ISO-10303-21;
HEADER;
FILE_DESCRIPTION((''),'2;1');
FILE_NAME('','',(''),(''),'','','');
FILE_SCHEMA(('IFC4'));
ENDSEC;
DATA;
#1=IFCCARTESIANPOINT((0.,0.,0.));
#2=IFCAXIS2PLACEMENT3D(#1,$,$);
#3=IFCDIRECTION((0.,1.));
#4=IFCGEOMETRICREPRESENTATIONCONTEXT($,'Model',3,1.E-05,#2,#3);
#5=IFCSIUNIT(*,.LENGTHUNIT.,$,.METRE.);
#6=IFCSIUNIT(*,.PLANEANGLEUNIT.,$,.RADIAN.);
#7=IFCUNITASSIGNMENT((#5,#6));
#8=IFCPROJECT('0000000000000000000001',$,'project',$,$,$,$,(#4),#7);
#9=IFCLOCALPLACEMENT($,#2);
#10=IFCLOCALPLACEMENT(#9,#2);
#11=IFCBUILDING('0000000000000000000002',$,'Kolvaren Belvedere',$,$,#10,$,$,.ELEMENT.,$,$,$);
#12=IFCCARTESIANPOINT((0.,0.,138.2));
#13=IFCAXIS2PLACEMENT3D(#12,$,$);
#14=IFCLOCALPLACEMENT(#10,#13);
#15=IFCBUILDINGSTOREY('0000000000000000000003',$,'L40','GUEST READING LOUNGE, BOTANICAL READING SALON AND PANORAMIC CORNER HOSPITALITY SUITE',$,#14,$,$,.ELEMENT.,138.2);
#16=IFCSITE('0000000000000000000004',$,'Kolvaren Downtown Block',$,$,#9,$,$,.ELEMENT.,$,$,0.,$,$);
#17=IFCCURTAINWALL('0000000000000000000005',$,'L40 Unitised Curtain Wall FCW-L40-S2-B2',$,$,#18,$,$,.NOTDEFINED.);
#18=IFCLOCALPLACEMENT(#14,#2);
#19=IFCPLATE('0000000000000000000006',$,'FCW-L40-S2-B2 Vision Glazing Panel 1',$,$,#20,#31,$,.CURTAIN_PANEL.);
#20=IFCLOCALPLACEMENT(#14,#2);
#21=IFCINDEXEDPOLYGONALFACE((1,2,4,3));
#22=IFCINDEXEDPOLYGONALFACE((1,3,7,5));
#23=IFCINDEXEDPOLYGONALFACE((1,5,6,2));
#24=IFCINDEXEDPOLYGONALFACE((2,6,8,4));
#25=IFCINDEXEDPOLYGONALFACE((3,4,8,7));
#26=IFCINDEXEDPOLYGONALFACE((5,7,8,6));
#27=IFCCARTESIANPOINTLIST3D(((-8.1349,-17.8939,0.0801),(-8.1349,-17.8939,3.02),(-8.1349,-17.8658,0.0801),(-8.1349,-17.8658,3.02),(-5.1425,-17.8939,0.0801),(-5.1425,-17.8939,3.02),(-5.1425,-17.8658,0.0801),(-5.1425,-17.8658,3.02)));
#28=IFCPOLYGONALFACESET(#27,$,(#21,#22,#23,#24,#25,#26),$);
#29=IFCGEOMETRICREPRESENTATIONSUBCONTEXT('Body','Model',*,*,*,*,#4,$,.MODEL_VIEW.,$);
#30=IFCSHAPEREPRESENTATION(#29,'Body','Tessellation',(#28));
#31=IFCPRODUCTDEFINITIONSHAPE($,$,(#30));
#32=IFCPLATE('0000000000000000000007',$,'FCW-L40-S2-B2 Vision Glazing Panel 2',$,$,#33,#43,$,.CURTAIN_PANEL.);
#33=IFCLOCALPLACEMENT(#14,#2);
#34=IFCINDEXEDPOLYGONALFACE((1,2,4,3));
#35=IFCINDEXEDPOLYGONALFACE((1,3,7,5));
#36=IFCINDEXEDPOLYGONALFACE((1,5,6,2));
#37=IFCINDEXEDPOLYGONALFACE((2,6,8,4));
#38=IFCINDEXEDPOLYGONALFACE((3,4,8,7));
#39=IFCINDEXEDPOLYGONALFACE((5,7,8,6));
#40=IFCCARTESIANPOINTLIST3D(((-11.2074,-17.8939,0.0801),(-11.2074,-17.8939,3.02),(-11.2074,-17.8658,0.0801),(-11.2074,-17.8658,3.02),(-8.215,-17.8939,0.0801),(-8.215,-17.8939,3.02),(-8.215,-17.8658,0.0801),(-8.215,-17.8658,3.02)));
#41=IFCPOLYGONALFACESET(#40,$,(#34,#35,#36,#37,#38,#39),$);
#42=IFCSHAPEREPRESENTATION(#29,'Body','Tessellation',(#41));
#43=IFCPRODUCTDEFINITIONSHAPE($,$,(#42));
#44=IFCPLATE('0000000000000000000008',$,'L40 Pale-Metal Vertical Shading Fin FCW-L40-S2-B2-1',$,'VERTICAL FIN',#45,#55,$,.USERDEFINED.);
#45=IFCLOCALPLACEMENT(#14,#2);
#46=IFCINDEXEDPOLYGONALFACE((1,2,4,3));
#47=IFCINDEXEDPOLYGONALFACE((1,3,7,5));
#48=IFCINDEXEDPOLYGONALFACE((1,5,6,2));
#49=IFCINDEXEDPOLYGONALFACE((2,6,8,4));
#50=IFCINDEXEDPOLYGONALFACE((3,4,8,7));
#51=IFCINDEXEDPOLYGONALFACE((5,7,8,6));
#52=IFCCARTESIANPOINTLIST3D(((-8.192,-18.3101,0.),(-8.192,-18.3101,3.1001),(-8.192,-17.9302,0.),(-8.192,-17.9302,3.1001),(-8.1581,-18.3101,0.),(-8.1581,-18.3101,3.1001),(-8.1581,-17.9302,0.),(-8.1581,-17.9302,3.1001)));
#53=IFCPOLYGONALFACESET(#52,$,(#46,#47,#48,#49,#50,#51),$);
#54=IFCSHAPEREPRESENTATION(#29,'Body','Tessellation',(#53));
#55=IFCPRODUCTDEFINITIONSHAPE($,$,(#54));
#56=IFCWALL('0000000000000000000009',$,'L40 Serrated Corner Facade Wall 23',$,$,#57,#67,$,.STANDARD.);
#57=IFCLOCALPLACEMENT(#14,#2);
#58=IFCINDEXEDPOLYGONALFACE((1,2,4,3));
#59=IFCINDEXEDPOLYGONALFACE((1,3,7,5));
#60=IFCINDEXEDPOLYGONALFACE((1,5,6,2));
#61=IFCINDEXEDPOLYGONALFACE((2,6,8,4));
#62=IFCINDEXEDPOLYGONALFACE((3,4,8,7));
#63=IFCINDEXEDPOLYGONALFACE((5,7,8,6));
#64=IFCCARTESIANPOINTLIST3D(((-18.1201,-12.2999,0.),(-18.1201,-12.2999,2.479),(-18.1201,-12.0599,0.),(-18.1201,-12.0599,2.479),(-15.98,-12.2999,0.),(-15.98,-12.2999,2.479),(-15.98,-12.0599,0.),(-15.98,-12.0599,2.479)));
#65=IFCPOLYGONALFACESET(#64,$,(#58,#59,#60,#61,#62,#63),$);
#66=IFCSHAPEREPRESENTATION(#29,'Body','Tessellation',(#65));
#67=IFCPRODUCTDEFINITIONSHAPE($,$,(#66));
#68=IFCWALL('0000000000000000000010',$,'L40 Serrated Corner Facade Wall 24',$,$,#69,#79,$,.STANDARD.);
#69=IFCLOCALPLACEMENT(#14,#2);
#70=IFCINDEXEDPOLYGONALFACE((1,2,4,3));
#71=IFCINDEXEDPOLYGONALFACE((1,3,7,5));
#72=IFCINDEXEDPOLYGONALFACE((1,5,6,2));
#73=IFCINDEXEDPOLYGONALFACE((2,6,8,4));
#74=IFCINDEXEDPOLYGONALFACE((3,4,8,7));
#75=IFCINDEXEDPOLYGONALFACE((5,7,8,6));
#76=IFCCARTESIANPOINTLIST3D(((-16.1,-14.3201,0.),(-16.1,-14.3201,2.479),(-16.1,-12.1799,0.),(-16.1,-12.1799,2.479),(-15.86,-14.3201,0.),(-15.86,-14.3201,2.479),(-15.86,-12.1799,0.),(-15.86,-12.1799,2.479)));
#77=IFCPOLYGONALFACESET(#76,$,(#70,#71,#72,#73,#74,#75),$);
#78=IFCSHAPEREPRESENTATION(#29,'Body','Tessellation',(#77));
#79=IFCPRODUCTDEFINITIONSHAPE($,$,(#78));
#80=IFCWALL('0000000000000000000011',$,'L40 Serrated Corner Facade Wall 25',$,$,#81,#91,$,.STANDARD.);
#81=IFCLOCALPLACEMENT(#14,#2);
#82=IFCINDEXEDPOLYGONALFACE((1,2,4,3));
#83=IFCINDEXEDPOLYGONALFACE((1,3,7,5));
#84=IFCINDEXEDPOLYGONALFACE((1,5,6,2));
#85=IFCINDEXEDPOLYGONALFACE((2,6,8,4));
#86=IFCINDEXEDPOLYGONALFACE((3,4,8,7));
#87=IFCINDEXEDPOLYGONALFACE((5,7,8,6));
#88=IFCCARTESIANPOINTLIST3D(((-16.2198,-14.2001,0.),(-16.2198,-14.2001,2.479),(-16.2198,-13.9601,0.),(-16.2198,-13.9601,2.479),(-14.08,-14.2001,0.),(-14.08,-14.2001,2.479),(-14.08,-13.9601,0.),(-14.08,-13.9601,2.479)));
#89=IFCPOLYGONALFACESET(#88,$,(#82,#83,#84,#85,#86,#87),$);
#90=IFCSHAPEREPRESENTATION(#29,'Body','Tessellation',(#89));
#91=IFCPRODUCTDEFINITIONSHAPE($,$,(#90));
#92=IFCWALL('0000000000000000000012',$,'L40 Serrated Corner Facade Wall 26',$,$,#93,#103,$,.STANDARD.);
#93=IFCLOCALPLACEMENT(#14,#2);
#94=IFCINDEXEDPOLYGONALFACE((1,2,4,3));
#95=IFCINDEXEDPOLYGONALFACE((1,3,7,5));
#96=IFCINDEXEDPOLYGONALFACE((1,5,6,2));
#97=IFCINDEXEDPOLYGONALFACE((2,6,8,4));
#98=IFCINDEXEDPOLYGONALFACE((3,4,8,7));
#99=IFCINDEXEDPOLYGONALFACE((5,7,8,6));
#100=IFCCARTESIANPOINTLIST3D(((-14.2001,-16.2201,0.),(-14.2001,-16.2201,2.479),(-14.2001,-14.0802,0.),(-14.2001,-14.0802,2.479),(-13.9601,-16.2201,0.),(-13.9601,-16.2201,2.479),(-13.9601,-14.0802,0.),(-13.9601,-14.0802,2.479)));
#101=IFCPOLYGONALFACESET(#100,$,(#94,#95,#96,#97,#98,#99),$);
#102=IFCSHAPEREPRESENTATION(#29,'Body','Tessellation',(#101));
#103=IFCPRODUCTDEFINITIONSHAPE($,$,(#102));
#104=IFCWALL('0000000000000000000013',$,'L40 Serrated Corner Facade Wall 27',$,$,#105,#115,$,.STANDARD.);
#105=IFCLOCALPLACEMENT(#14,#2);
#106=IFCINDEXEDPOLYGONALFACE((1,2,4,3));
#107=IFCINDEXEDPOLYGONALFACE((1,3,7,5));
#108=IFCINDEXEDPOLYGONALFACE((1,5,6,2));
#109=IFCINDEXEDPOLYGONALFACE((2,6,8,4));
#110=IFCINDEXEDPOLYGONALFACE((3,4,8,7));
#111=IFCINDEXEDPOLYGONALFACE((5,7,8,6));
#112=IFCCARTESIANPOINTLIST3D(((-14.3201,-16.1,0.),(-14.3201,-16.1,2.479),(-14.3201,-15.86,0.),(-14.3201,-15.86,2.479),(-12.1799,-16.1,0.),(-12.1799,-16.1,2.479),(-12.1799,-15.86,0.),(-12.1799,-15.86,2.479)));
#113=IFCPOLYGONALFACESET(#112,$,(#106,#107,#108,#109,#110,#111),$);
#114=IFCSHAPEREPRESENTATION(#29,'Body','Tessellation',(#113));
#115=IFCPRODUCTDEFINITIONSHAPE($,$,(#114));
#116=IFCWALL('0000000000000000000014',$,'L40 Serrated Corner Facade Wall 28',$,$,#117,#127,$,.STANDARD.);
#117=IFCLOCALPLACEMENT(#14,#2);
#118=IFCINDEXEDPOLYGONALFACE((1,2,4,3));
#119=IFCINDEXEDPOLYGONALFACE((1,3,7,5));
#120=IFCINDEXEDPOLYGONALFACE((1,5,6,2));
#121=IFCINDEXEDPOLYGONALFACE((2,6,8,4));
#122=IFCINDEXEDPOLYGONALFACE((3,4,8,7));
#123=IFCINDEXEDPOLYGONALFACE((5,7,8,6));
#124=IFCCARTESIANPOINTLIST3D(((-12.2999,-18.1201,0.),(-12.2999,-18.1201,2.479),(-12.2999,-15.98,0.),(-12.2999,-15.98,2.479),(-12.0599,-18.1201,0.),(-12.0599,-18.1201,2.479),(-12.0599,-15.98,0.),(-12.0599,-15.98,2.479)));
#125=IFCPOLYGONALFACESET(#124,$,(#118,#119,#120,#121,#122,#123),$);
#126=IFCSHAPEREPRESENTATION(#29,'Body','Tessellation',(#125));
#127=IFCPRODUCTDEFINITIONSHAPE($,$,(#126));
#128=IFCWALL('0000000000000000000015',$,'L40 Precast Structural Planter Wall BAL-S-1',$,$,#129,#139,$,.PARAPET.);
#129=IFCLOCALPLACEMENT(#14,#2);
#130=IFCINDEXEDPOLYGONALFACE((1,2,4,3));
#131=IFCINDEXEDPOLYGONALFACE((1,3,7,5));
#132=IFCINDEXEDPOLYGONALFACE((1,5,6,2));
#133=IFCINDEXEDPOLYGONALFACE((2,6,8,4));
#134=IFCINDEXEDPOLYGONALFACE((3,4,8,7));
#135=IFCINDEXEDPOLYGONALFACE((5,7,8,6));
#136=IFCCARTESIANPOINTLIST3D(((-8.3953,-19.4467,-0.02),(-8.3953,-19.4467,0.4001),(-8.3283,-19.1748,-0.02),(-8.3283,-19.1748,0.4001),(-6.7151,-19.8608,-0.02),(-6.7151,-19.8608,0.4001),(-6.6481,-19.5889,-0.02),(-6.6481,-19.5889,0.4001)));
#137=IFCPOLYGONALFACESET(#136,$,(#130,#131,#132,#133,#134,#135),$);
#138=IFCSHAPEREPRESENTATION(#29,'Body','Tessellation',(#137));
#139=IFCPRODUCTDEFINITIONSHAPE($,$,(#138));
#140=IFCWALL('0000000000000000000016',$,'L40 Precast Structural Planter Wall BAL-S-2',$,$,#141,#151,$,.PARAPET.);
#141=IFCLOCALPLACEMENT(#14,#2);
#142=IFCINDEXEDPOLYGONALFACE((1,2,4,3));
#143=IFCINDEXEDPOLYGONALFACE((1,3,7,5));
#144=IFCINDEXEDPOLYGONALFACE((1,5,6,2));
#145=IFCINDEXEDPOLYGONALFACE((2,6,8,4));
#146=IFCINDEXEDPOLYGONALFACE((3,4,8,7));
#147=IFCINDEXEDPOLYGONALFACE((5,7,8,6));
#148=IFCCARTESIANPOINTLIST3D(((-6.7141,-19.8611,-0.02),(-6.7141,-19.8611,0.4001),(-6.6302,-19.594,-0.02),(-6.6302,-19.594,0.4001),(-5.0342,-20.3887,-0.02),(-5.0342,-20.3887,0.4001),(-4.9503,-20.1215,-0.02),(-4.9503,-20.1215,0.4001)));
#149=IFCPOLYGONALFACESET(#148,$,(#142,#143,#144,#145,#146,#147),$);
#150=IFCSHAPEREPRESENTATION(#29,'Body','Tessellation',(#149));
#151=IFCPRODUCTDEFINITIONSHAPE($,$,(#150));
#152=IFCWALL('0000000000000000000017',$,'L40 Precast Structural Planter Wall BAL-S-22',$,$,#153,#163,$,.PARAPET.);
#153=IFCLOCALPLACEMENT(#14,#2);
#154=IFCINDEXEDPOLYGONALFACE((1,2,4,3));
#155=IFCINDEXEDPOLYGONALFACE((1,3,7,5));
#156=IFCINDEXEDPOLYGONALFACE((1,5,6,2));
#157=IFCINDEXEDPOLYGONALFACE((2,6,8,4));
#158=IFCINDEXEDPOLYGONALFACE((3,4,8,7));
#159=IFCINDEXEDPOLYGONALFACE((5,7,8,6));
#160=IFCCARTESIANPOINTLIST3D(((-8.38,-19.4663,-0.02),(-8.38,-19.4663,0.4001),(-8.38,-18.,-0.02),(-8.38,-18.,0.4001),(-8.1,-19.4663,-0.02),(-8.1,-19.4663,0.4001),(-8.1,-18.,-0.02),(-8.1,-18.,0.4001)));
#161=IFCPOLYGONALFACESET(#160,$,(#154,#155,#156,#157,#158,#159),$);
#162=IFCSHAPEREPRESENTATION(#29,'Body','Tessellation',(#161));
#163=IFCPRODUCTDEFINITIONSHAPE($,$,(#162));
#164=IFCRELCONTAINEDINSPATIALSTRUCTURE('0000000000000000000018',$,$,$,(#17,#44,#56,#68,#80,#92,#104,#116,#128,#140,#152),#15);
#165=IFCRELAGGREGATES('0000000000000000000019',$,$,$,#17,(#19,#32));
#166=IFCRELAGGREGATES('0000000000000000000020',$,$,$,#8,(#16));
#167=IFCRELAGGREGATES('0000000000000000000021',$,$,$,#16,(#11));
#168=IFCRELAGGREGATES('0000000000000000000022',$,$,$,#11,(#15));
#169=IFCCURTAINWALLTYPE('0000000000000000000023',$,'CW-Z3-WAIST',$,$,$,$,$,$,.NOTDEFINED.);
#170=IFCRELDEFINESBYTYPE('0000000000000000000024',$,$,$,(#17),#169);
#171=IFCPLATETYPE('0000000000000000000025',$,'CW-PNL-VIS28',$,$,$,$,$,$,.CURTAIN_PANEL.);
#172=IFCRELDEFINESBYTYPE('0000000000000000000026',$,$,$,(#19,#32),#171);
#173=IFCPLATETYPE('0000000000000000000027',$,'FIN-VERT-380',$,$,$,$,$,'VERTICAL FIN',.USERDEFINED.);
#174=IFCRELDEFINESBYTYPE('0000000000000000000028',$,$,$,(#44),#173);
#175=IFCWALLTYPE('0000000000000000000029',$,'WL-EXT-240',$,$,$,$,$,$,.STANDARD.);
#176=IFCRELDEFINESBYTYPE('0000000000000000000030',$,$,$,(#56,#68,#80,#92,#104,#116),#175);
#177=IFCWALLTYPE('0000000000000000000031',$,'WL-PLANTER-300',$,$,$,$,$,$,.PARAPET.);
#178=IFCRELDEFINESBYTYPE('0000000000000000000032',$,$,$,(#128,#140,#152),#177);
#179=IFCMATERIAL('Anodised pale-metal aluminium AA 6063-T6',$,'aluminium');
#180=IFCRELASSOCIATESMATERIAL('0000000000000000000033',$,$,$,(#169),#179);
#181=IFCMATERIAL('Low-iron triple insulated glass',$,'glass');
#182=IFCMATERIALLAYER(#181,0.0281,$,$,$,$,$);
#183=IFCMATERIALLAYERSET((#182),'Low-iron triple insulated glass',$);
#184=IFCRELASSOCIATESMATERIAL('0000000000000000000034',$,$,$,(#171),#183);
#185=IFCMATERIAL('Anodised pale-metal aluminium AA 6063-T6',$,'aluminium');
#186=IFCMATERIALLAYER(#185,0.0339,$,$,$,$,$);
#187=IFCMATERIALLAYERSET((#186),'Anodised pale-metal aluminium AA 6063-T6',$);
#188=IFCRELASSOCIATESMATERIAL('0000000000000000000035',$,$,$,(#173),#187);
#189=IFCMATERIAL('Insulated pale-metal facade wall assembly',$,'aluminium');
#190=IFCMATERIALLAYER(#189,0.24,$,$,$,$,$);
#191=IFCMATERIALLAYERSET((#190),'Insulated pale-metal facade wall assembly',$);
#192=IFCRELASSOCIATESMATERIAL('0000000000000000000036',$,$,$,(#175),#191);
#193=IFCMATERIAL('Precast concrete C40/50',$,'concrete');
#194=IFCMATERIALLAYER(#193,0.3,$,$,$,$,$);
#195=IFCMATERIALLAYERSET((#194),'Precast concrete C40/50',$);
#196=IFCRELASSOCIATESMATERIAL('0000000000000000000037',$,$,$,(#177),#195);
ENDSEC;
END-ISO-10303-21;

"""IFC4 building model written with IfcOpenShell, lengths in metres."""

from ifc_helpers import new_model, si_unit, direction, frame, frame_2d, origin, origin_2d, place, context, subcontext, project, spatial, rectangle, extrude, material, layer, layer_set, type_object, element, aggregate, save


model = new_model("IFC4")

# Units and contexts
model_context = context("Model", 3, precision=1e-05, world=origin(), true_north=direction((0.0, 1.0)))
body_context = subcontext(model_context, "Body", "Model", "MODEL_VIEW")
ifc_project = project(units=[si_unit("LENGTHUNIT", "METRE"), si_unit("PLANEANGLEUNIT", "RADIAN")], contexts=[model_context])

# Site, building, storey
site_placement = place(None, origin())
site = spatial("IfcSite", under=ifc_project, at=site_placement, Name="Kolvaren Downtown Block", CompositionType="ELEMENT", RefElevation=0.0)
building_placement = place(site_placement, origin())
building = spatial("IfcBuilding", under=site, at=building_placement, Name="Kolvaren Belvedere", CompositionType="ELEMENT")
storey_placement = place(building_placement, frame((0.0, 0.0, 138.2)))
storey = spatial("IfcBuildingStorey", under=building, at=storey_placement, Name="L40", Description="GUEST READING LOUNGE, BOTANICAL READING SALON AND PANORAMIC CORNER HOSPITALITY SUITE", CompositionType="ELEMENT", Elevation=138.2)

# Curtain wall
ifc_material_1 = material(Name="Anodised pale-metal aluminium AA 6063-T6", Category="aluminium")
curtain_wall_type = type_object("IfcCurtainWallType", Name="CW-Z3-WAIST", PredefinedType="NOTDEFINED", material=ifc_material_1)
curtain_wall_1_placement = place(storey_placement, origin())
curtain_wall_1 = element("IfcCurtainWall", 1, at=curtain_wall_1_placement, inside=storey, type_object=curtain_wall_type, Name="L40 Unitised Curtain Wall FCW-L40-S2-B2", PredefinedType="NOTDEFINED")

# Plates
ifc_material_2 = material(Name="Low-iron triple insulated glass", Category="glass")
ifc_layer_1 = layer(ifc_material_2, 0.0281)
ifc_layer_set_1 = layer_set([ifc_layer_1], Name="Low-iron triple insulated glass")
plate_type_1 = type_object("IfcPlateType", Name="CW-PNL-VIS28", PredefinedType="CURTAIN_PANEL", material=ifc_layer_set_1)
plate_1_placement = place(storey_placement, frame((-6.6387, -17.8799, 0.0801), z_axis=(0.0, 0.0, 1.0), x_axis=(-1.0, 0.0, 0.0)))
plate_1 = element("IfcPlate", 2, at=plate_1_placement, type_object=plate_type_1, Name="FCW-L40-S2-B2 Vision Glazing Panel 1", PredefinedType="CURTAIN_PANEL", context=body_context, shape_type="SweptSolid", body=[
    extrude(rectangle(XDim=2.9924, YDim=0.0281, at=origin_2d()), origin(), (0.0, 0.0, 1.0), 2.9399),
])
plate_2_placement = place(storey_placement, frame((-9.7112, -17.8799, 0.0801), z_axis=(0.0, 0.0, 1.0), x_axis=(-1.0, 0.0, 0.0)))
plate_2 = element("IfcPlate", 3, at=plate_2_placement, type_object=plate_type_1, Name="FCW-L40-S2-B2 Vision Glazing Panel 2", PredefinedType="CURTAIN_PANEL", context=body_context, shape_type="SweptSolid", body=[
    extrude(rectangle(XDim=2.9924, YDim=0.0281, at=origin_2d()), origin(), (0.0, 0.0, 1.0), 2.9399),
])
aggregate(curtain_wall_1, [plate_1, plate_2])
ifc_material_3 = material(Name="Anodised pale-metal aluminium AA 6063-T6", Category="aluminium")
ifc_layer_2 = layer(ifc_material_3, 0.0339)
ifc_layer_set_2 = layer_set([ifc_layer_2], Name="Anodised pale-metal aluminium AA 6063-T6")
plate_type_2 = type_object("IfcPlateType", Name="FIN-VERT-380", ElementType="VERTICAL FIN", PredefinedType="USERDEFINED", material=ifc_layer_set_2)
plate_3_placement = place(storey_placement, frame((-8.175, -18.1201, 0.0), z_axis=(0.0, 0.0, 1.0), x_axis=(0.0, 1.0, 0.0)))
element("IfcPlate", 4, at=plate_3_placement, inside=storey, type_object=plate_type_2, Name="L40 Pale-Metal Vertical Shading Fin FCW-L40-S2-B2-1", ObjectType="VERTICAL FIN", PredefinedType="USERDEFINED", context=body_context, shape_type="SweptSolid", body=[
    extrude(rectangle(XDim=0.3799, YDim=0.0339, at=origin_2d()), origin(), (0.0, 0.0, 1.0), 3.1001),
])

# Walls
ifc_material_4 = material(Name="Insulated pale-metal facade wall assembly", Category="aluminium")
ifc_layer_3 = layer(ifc_material_4, 0.24)
ifc_layer_set_3 = layer_set([ifc_layer_3], Name="Insulated pale-metal facade wall assembly")
wall_type_1 = type_object("IfcWallType", Name="WL-EXT-240", PredefinedType="STANDARD", material=ifc_layer_set_3)
for number, where, z_axis, x_axis, name in (
    (5, (-15.98, -12.1799, 0.0), (0.0, 0.0, 1.0), (-1.0, 0.0, 0.0), "L40 Serrated Corner Facade Wall 23"),
    (6, (-15.98, -14.3201, 0.0), (0.0, 0.0, 1.0), (0.0, 1.0, 0.0), "L40 Serrated Corner Facade Wall 24"),
):
    element("IfcWall", number, at=place(storey_placement, frame(where, z_axis=z_axis, x_axis=x_axis)), inside=storey, type_object=wall_type_1, Name=name, PredefinedType="STANDARD", context=body_context, shape_type="SweptSolid", body=[
        extrude(rectangle(XDim=2.1401, YDim=0.24, at=frame_2d((1.0701, 0.0))), origin(), (0.0, 0.0, 1.0), 2.479),
    ])
for number, where, z_axis, x_axis, name in (
    (7, (-14.0801, -14.0801, 0.0), (0.0, 0.0, 1.0), (-1.0, 0.0, 0.0), "L40 Serrated Corner Facade Wall 25"),
    (8, (-14.0801, -16.22, 0.0), (0.0, 0.0, 1.0), (0.0, 1.0, 0.0), "L40 Serrated Corner Facade Wall 26"),
):
    element("IfcWall", number, at=place(storey_placement, frame(where, z_axis=z_axis, x_axis=x_axis)), inside=storey, type_object=wall_type_1, Name=name, PredefinedType="STANDARD", context=body_context, shape_type="SweptSolid", body=[
        extrude(rectangle(XDim=2.1399, YDim=0.24, at=frame_2d((1.0698, 0.0))), origin(), (0.0, 0.0, 1.0), 2.479),
    ])
for number, where, z_axis, x_axis, name in (
    (9, (-12.1799, -15.98, 0.0), (0.0, 0.0, 1.0), (-1.0, 0.0, 0.0), "L40 Serrated Corner Facade Wall 27"),
    (10, (-12.1799, -18.1201, 0.0), (0.0, 0.0, 1.0), (0.0, 1.0, 0.0), "L40 Serrated Corner Facade Wall 28"),
):
    element("IfcWall", number, at=place(storey_placement, frame(where, z_axis=z_axis, x_axis=x_axis)), inside=storey, type_object=wall_type_1, Name=name, PredefinedType="STANDARD", context=body_context, shape_type="SweptSolid", body=[
        extrude(rectangle(XDim=2.1401, YDim=0.24, at=frame_2d((1.0701, 0.0))), origin(), (0.0, 0.0, 1.0), 2.479),
    ])
ifc_material_5 = material(Name="Precast concrete C40/50", Category="concrete")
ifc_layer_4 = layer(ifc_material_5, 0.3)
ifc_layer_set_4 = layer_set([ifc_layer_4], Name="Precast concrete C40/50")
wall_type_2 = type_object("IfcWallType", Name="WL-PLANTER-300", PredefinedType="PARAPET", material=ifc_layer_set_4)
wall_1_placement = place(storey_placement, frame((-8.3618, -19.3108, -0.02), z_axis=(0.0, 0.0, 1.0), x_axis=(0.97095, -0.239281, 0.0)))
element("IfcWall", 11, at=wall_1_placement, inside=storey, type_object=wall_type_2, Name="L40 Precast Structural Planter Wall BAL-S-1", PredefinedType="PARAPET", context=body_context, shape_type="SweptSolid", body=[
    extrude(rectangle(XDim=1.7305, YDim=0.28, at=frame_2d((0.8652, 0.0))), origin(), (0.0, 0.0, 1.0), 0.4202),
])
wall_2_placement = place(storey_placement, frame((-6.6721, -19.7275, -0.02), z_axis=(0.0, 0.0, 1.0), x_axis=(0.954057, -0.299625, 0.0)))
element("IfcWall", 12, at=wall_2_placement, inside=storey, type_object=wall_type_2, Name="L40 Precast Structural Planter Wall BAL-S-2", PredefinedType="PARAPET", context=body_context, shape_type="SweptSolid", body=[
    extrude(rectangle(XDim=1.7607, YDim=0.28, at=frame_2d((0.8804, 0.0))), origin(), (0.0, 0.0, 1.0), 0.4202),
])
wall_3_placement = place(storey_placement, frame((-8.24, -18.0, -0.02), z_axis=(0.0, 0.0, 1.0), x_axis=(0.0, -1.0, 0.0)))
element("IfcWall", 13, at=wall_3_placement, inside=storey, type_object=wall_type_2, Name="L40 Precast Structural Planter Wall BAL-S-22", PredefinedType="PARAPET", context=body_context, shape_type="SweptSolid", body=[
    extrude(rectangle(XDim=1.4663, YDim=0.28, at=frame_2d((0.7332, 0.0))), origin(), (0.0, 0.0, 1.0), 0.4202),
])

save(model, "model.ifc")
